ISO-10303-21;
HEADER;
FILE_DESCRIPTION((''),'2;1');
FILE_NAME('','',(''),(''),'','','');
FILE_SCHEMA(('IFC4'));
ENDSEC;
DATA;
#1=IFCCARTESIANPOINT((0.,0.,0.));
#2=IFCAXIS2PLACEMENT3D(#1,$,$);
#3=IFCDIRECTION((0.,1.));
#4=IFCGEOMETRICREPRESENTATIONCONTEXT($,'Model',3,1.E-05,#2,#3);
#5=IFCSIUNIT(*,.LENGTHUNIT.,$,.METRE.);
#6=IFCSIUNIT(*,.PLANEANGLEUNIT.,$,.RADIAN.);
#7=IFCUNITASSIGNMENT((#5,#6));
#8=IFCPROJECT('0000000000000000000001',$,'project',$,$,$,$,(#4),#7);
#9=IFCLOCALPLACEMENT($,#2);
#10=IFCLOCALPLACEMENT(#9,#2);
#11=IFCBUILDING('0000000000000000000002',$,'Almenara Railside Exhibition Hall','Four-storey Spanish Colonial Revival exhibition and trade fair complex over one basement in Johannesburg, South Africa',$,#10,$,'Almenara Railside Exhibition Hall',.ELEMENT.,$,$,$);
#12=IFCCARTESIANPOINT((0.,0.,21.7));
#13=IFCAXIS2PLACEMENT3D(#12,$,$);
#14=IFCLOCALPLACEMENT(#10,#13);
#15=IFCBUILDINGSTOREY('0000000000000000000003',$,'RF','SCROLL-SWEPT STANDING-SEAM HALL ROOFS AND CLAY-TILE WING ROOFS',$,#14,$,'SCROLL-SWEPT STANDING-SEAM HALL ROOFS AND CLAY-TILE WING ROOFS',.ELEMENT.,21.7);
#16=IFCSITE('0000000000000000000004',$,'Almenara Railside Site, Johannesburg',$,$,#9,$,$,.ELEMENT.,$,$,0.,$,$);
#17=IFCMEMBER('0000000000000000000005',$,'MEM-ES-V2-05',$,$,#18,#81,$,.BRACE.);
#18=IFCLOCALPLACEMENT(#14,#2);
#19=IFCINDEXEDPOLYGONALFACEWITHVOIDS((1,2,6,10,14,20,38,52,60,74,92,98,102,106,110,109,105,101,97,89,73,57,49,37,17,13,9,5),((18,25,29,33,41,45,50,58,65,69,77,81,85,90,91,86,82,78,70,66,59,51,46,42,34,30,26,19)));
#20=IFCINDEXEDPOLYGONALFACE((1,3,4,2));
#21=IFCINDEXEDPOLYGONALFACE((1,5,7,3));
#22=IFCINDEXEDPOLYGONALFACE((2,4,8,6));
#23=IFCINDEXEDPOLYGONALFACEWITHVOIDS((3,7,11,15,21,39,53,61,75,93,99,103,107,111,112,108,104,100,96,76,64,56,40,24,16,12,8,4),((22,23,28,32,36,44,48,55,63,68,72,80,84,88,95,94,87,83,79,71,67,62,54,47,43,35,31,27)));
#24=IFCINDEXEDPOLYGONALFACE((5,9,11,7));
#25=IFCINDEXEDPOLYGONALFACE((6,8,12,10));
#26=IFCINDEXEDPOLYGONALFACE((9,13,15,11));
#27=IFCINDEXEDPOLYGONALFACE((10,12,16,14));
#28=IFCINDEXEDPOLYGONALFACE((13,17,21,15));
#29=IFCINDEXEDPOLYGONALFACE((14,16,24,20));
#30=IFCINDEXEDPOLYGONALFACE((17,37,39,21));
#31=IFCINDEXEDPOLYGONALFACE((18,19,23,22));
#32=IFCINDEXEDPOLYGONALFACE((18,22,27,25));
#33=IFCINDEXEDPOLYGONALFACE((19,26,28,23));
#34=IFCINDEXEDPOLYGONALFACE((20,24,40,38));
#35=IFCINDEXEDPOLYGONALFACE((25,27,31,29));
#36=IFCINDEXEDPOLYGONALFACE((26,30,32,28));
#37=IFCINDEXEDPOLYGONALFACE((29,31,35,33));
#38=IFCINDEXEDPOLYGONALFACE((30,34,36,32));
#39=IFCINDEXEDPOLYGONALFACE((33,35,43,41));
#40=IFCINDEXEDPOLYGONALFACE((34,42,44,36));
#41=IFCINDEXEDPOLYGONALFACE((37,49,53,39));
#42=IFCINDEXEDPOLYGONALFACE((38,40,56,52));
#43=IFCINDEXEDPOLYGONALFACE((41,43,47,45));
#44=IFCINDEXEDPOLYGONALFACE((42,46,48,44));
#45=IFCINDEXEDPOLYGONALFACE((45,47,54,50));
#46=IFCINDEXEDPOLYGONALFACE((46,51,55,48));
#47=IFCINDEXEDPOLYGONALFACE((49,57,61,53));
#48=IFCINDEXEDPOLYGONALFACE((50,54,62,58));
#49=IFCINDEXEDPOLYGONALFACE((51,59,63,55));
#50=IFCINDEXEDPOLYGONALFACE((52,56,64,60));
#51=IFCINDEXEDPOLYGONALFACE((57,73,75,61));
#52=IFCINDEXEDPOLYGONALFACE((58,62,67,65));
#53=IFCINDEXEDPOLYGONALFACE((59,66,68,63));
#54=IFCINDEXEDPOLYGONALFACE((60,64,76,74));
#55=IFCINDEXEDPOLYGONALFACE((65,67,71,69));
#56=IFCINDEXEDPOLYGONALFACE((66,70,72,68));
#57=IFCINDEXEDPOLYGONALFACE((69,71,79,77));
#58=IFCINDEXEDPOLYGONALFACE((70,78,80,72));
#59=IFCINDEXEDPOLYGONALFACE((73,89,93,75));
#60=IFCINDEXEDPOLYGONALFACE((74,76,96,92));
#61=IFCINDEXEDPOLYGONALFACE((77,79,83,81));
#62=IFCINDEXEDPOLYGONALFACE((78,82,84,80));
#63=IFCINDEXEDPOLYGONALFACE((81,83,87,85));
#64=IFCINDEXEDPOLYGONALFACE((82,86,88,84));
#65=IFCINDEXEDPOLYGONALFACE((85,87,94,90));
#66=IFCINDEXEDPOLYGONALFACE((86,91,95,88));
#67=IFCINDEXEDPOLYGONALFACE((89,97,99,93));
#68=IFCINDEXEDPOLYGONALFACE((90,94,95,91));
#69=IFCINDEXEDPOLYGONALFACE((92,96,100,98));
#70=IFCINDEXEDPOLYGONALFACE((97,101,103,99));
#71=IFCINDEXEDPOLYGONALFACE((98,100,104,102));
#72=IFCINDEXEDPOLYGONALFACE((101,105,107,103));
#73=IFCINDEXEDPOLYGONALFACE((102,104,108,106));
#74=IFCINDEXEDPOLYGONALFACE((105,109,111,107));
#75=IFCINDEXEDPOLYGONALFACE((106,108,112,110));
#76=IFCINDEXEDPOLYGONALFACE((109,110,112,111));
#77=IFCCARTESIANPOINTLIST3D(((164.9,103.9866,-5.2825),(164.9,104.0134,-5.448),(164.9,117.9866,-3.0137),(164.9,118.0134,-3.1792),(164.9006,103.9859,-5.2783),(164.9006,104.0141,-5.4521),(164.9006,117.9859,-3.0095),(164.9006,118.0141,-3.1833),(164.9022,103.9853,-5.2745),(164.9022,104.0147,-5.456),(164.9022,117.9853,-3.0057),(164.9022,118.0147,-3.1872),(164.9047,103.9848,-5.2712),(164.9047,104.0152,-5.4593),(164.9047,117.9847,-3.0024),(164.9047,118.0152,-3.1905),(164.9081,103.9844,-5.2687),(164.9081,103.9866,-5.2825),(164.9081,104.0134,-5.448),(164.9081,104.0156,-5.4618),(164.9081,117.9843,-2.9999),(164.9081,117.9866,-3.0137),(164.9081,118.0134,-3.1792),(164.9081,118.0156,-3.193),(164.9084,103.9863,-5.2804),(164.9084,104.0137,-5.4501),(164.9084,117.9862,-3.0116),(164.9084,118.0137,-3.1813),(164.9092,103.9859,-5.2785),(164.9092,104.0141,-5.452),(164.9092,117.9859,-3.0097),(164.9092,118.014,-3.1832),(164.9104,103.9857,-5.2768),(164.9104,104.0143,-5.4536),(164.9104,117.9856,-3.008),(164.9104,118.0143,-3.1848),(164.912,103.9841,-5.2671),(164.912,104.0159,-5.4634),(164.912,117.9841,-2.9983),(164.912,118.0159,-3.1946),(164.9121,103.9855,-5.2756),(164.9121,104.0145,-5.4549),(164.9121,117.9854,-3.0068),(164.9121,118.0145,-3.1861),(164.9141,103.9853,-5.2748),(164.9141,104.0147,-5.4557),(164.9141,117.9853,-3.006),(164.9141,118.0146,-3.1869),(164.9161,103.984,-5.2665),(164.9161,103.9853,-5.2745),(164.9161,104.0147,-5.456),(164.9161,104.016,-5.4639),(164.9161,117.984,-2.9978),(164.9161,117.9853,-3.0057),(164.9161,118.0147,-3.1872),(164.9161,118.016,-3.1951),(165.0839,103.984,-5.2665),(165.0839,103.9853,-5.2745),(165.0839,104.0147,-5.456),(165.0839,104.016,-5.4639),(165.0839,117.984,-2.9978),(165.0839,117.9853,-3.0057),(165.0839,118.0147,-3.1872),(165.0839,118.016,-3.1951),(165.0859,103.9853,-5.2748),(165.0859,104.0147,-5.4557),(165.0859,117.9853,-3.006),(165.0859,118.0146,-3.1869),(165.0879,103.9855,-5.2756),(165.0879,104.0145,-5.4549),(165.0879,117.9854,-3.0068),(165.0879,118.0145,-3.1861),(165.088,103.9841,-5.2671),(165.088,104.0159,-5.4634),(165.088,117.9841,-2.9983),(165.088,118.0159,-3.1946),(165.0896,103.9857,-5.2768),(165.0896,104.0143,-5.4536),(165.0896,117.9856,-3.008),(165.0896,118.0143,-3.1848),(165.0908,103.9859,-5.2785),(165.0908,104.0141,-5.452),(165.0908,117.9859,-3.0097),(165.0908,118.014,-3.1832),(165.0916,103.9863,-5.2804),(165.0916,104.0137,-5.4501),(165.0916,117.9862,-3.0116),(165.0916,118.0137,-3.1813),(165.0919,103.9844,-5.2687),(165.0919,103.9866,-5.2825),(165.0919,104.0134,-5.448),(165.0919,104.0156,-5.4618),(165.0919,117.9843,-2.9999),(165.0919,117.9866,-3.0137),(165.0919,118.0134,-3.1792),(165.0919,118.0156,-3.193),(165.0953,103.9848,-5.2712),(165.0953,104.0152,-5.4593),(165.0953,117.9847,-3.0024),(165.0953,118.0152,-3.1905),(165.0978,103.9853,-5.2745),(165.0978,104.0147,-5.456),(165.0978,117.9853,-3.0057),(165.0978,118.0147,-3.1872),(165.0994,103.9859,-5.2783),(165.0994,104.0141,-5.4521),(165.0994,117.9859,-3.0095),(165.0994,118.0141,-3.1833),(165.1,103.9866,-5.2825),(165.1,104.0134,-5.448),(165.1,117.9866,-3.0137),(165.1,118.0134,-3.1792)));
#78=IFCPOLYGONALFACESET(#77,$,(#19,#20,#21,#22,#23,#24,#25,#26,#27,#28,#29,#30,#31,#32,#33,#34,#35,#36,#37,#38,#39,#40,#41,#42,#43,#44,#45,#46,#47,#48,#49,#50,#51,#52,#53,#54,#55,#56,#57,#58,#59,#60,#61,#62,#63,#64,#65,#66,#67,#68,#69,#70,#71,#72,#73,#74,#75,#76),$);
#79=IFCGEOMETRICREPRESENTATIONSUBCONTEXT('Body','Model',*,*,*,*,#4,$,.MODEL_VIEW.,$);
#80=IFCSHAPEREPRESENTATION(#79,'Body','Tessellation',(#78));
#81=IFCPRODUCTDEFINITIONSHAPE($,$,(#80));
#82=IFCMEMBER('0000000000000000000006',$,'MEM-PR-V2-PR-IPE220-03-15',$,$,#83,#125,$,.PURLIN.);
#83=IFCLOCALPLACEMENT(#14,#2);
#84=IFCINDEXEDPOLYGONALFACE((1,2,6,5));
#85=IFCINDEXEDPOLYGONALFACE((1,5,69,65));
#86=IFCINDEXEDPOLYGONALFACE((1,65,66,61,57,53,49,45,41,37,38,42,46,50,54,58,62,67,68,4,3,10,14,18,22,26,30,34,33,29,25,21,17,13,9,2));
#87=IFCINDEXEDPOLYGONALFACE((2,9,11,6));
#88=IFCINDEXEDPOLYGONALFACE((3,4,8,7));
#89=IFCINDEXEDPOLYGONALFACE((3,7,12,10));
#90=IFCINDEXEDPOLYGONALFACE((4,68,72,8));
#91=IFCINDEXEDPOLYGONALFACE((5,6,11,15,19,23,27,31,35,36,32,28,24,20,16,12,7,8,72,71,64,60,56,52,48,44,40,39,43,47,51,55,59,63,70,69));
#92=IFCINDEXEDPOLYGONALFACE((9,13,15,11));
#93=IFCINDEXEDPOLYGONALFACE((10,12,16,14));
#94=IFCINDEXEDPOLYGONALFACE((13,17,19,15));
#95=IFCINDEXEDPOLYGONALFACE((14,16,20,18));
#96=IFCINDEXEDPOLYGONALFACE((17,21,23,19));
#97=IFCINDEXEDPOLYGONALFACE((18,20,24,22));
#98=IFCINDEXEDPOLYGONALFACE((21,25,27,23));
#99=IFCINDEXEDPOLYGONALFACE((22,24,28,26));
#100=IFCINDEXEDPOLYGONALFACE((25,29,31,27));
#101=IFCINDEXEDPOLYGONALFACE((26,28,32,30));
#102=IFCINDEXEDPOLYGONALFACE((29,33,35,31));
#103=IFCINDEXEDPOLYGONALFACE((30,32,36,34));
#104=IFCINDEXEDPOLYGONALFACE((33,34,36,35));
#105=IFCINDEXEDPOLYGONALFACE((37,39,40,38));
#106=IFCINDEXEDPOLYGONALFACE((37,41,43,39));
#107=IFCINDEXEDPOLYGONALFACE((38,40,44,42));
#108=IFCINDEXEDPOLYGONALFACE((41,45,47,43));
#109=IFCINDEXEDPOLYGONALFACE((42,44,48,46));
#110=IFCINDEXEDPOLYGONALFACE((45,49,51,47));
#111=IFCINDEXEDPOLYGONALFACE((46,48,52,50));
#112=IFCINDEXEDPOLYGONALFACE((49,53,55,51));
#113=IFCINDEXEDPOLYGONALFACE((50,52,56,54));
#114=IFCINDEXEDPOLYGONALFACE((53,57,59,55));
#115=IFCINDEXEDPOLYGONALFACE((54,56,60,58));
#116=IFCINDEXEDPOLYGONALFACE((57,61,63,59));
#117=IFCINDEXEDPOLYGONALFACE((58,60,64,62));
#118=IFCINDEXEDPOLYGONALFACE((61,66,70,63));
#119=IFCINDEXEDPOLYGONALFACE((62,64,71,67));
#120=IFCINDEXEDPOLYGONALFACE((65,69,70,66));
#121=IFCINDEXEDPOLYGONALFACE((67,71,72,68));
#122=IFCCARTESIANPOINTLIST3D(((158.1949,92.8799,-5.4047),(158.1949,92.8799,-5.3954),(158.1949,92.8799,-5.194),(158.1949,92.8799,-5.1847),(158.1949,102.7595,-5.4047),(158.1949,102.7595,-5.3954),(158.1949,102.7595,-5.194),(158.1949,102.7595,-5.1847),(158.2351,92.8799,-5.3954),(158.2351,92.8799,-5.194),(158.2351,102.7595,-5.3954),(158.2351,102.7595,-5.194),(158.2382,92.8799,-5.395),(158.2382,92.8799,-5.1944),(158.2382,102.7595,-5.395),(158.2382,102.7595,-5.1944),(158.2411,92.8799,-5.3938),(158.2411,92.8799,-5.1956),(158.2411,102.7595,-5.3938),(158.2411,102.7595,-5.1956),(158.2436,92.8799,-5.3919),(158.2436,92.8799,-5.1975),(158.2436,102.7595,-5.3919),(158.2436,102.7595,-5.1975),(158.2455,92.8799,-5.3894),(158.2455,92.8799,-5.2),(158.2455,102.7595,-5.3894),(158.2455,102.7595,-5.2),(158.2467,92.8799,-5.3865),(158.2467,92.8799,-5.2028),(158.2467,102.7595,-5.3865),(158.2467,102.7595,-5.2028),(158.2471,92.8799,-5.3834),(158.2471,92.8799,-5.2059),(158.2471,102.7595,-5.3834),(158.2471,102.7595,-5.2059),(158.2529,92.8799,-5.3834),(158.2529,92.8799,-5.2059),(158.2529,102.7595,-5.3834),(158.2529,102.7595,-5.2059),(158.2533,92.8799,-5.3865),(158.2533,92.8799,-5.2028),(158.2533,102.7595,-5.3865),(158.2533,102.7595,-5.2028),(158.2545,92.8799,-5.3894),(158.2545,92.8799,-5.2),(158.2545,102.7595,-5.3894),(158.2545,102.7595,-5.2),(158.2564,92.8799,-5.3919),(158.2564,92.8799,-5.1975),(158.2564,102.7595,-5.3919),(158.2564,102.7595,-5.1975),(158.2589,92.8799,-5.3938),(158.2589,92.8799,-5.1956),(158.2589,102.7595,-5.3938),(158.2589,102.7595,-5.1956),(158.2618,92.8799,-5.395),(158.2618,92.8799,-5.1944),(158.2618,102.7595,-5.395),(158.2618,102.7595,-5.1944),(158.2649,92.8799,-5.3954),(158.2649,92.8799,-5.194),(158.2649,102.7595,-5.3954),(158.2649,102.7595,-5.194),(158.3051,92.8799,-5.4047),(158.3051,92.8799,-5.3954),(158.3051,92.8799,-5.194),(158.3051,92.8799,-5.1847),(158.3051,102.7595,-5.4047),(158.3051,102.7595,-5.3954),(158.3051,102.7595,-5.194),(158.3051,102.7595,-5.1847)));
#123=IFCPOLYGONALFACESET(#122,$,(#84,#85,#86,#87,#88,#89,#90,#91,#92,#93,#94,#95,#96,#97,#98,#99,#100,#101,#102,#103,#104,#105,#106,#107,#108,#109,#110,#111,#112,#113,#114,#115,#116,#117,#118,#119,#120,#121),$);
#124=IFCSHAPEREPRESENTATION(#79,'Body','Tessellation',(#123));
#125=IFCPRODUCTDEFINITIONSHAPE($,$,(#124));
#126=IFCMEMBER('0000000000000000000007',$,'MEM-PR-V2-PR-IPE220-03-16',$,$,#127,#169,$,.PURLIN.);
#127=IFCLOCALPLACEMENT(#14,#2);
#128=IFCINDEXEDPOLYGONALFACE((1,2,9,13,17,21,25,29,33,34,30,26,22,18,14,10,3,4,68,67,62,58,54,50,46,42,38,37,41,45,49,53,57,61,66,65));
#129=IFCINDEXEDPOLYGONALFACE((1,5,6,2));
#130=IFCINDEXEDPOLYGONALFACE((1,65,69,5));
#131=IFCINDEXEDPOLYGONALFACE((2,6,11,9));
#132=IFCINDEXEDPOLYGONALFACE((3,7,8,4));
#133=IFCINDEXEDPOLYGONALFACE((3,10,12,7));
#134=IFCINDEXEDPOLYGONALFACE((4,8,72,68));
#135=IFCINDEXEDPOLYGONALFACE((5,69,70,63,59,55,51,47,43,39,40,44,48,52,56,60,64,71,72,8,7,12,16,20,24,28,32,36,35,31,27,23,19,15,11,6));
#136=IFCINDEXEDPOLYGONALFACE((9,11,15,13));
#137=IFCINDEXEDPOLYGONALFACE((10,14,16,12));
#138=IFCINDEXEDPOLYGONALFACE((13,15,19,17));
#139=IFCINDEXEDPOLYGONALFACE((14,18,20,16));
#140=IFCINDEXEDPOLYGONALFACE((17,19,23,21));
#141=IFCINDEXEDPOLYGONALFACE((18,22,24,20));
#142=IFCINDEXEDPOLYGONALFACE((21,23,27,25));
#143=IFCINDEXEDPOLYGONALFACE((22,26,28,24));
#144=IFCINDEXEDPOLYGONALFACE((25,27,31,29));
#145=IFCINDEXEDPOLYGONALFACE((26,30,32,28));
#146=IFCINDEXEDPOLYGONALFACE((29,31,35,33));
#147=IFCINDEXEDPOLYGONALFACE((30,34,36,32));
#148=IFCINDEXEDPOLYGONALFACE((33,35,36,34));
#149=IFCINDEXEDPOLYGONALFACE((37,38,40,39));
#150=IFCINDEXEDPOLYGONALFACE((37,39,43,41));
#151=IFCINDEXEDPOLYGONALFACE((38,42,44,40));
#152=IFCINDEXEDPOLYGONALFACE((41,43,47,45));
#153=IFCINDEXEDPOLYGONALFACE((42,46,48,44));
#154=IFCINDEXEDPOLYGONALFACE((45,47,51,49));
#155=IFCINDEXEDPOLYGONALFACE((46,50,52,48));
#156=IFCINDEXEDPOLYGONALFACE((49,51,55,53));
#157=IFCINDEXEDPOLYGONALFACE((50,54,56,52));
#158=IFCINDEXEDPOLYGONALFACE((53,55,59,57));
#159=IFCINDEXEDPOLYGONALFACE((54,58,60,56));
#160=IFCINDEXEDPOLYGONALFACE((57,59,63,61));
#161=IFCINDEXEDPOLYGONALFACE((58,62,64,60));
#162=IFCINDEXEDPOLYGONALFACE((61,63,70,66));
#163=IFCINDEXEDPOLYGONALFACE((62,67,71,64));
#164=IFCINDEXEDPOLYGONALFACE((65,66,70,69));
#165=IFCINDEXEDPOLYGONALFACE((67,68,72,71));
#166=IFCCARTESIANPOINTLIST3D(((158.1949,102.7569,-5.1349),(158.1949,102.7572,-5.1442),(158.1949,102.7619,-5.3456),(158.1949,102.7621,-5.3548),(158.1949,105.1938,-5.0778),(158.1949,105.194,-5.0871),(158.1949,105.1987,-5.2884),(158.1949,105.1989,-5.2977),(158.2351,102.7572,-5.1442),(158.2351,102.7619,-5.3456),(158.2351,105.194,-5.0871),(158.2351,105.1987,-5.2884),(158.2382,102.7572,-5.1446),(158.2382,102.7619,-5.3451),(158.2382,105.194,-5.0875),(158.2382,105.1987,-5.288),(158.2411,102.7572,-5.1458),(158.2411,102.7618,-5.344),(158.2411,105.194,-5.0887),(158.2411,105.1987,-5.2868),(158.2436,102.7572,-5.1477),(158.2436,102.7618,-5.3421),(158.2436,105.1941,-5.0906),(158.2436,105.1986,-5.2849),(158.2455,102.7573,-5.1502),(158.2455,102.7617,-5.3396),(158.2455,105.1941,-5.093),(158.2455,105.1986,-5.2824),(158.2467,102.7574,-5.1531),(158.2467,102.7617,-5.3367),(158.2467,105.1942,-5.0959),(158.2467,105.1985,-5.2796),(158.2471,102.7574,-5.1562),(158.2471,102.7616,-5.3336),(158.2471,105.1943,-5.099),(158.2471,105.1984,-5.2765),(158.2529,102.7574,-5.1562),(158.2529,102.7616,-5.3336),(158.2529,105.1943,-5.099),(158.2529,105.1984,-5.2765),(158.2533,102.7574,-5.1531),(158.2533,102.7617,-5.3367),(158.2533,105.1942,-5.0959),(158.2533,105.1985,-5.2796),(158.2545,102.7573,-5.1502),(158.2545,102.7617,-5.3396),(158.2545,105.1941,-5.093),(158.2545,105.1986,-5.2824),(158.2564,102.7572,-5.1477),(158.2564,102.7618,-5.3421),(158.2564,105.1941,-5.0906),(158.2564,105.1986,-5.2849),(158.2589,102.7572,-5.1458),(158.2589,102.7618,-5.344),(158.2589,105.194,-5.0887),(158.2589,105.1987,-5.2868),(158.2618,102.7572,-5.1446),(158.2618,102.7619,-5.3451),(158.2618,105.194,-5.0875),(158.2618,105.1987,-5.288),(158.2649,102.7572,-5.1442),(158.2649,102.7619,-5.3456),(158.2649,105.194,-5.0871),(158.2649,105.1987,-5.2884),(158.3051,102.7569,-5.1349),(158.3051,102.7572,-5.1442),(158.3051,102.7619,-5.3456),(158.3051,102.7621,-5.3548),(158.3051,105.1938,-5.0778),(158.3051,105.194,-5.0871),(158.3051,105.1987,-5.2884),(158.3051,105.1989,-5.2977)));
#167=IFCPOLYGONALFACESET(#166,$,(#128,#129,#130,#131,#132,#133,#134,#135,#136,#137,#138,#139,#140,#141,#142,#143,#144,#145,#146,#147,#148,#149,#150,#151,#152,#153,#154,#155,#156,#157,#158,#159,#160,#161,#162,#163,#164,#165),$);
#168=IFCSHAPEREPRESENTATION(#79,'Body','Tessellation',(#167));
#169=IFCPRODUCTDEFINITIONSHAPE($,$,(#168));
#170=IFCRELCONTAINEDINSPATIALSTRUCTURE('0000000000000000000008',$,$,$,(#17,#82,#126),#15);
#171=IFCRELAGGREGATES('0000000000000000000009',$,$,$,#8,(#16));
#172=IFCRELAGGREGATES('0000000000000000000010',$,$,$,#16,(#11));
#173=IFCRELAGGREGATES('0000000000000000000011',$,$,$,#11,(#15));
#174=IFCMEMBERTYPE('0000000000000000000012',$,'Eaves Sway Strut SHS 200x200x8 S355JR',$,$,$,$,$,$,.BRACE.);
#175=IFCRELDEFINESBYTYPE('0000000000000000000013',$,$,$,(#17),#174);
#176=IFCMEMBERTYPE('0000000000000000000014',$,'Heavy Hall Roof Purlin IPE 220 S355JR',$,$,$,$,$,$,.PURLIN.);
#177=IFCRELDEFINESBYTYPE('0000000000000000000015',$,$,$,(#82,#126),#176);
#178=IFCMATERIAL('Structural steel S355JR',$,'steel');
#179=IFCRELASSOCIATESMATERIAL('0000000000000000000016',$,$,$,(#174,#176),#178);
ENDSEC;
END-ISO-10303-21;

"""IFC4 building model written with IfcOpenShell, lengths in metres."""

from ifc_helpers import new_model, si_unit, direction, frame, origin, origin_2d, place, context, subcontext, project, spatial, hollow_rectangle, i_section, extrude, material, material_profile, profile_set, type_object, element, save


model = new_model("IFC4")

# Units and contexts
model_context = context("Model", 3, precision=1e-05, world=origin(), true_north=direction((0.0, 1.0)))
body_context = subcontext(model_context, "Body", "Model", "MODEL_VIEW")
ifc_project = project(units=[si_unit("LENGTHUNIT", "METRE"), si_unit("PLANEANGLEUNIT", "RADIAN")], contexts=[model_context])

# Site, building, storey
site_placement = place(None, origin())
site = spatial("IfcSite", under=ifc_project, at=site_placement, Name="Almenara Railside Site, Johannesburg", CompositionType="ELEMENT", RefElevation=0.0)
building_placement = place(site_placement, origin())
building = spatial("IfcBuilding", under=site, at=building_placement, Name="Almenara Railside Exhibition Hall", Description="Four-storey Spanish Colonial Revival exhibition and trade fair complex over one basement in Johannesburg, South Africa", LongName="Almenara Railside Exhibition Hall", CompositionType="ELEMENT")
storey_placement = place(building_placement, frame((0.0, 0.0, 21.7)))
storey = spatial("IfcBuildingStorey", under=building, at=storey_placement, Name="RF", Description="SCROLL-SWEPT STANDING-SEAM HALL ROOFS AND CLAY-TILE WING ROOFS", LongName="SCROLL-SWEPT STANDING-SEAM HALL ROOFS AND CLAY-TILE WING ROOFS", CompositionType="ELEMENT", Elevation=21.7)

# Members
ifc_material_1 = material(Name="Structural steel S355JR", Category="steel")
ifc_material_profile_1 = material_profile(ifc_material_1, hollow_rectangle(XDim=0.2, YDim=0.2, WallThickness=0.0081, InnerFilletRadius=0.0081, OuterFilletRadius=0.0161, at=origin_2d()), Name="SHS 200x200x8")
ifc_profile_set_1 = profile_set([ifc_material_profile_1], Name="Structural steel S355JR")
member_type_1 = type_object("IfcMemberType", Name="Eaves Sway Strut SHS 200x200x8 S355JR", PredefinedType="BRACE", material=ifc_profile_set_1)
member_1_placement = place(storey_placement, frame((165.0, 104.0, -5.3652), z_axis=(0.0, 0.987122, 0.15997), x_axis=(-1.0, 0.0, 0.0)))
element("IfcMember", 1, at=member_1_placement, inside=storey, type_object=member_type_1, Name="MEM-ES-V2-05", PredefinedType="BRACE", context=body_context, shape_type="SweptSolid", body=[
    extrude(hollow_rectangle(XDim=0.2, YDim=0.2, WallThickness=0.0081, InnerFilletRadius=0.0081, OuterFilletRadius=0.0161, at=origin_2d()), origin(), (0.0, 0.0, 1.0), 14.1826),
])
ifc_material_profile_2 = material_profile(ifc_material_1, i_section(OverallWidth=0.1101, OverallDepth=0.22, WebThickness=0.0059, FlangeThickness=0.0093, FilletRadius=0.012, at=origin_2d()), Name="IPE 220")
ifc_profile_set_2 = profile_set([ifc_material_profile_2], Name="Structural steel S355JR")
member_type_2 = type_object("IfcMemberType", Name="Heavy Hall Roof Purlin IPE 220 S355JR", PredefinedType="PURLIN", material=ifc_profile_set_2)
member_2_placement = place(storey_placement, frame((158.25, 92.8799, -5.2947), z_axis=(0.0, 1.0, 0.0), x_axis=(-1.0, 0.0, 0.0)))
element("IfcMember", 2, at=member_2_placement, inside=storey, type_object=member_type_2, Name="MEM-PR-V2-PR-IPE220-03-15", PredefinedType="PURLIN", context=body_context, shape_type="SweptSolid", body=[
    extrude(i_section(OverallWidth=0.1101, OverallDepth=0.22, WebThickness=0.0059, FlangeThickness=0.0093, FilletRadius=0.012, at=origin_2d()), origin(), (0.0, 0.0, 1.0), 9.8796),
])
member_3_placement = place(storey_placement, frame((158.25, 102.7595, -5.2449), z_axis=(0.0, 0.999725, 0.023438), x_axis=(-1.0, 0.0, 0.0)))
element("IfcMember", 3, at=member_3_placement, inside=storey, type_object=member_type_2, Name="MEM-PR-V2-PR-IPE220-03-16", PredefinedType="PURLIN", context=body_context, shape_type="SweptSolid", body=[
    extrude(i_section(OverallWidth=0.1101, OverallDepth=0.22, WebThickness=0.0059, FlangeThickness=0.0093, FilletRadius=0.012, at=origin_2d()), origin(), (0.0, 0.0, 1.0), 2.4375),
])

save(model, "model.ifc")
